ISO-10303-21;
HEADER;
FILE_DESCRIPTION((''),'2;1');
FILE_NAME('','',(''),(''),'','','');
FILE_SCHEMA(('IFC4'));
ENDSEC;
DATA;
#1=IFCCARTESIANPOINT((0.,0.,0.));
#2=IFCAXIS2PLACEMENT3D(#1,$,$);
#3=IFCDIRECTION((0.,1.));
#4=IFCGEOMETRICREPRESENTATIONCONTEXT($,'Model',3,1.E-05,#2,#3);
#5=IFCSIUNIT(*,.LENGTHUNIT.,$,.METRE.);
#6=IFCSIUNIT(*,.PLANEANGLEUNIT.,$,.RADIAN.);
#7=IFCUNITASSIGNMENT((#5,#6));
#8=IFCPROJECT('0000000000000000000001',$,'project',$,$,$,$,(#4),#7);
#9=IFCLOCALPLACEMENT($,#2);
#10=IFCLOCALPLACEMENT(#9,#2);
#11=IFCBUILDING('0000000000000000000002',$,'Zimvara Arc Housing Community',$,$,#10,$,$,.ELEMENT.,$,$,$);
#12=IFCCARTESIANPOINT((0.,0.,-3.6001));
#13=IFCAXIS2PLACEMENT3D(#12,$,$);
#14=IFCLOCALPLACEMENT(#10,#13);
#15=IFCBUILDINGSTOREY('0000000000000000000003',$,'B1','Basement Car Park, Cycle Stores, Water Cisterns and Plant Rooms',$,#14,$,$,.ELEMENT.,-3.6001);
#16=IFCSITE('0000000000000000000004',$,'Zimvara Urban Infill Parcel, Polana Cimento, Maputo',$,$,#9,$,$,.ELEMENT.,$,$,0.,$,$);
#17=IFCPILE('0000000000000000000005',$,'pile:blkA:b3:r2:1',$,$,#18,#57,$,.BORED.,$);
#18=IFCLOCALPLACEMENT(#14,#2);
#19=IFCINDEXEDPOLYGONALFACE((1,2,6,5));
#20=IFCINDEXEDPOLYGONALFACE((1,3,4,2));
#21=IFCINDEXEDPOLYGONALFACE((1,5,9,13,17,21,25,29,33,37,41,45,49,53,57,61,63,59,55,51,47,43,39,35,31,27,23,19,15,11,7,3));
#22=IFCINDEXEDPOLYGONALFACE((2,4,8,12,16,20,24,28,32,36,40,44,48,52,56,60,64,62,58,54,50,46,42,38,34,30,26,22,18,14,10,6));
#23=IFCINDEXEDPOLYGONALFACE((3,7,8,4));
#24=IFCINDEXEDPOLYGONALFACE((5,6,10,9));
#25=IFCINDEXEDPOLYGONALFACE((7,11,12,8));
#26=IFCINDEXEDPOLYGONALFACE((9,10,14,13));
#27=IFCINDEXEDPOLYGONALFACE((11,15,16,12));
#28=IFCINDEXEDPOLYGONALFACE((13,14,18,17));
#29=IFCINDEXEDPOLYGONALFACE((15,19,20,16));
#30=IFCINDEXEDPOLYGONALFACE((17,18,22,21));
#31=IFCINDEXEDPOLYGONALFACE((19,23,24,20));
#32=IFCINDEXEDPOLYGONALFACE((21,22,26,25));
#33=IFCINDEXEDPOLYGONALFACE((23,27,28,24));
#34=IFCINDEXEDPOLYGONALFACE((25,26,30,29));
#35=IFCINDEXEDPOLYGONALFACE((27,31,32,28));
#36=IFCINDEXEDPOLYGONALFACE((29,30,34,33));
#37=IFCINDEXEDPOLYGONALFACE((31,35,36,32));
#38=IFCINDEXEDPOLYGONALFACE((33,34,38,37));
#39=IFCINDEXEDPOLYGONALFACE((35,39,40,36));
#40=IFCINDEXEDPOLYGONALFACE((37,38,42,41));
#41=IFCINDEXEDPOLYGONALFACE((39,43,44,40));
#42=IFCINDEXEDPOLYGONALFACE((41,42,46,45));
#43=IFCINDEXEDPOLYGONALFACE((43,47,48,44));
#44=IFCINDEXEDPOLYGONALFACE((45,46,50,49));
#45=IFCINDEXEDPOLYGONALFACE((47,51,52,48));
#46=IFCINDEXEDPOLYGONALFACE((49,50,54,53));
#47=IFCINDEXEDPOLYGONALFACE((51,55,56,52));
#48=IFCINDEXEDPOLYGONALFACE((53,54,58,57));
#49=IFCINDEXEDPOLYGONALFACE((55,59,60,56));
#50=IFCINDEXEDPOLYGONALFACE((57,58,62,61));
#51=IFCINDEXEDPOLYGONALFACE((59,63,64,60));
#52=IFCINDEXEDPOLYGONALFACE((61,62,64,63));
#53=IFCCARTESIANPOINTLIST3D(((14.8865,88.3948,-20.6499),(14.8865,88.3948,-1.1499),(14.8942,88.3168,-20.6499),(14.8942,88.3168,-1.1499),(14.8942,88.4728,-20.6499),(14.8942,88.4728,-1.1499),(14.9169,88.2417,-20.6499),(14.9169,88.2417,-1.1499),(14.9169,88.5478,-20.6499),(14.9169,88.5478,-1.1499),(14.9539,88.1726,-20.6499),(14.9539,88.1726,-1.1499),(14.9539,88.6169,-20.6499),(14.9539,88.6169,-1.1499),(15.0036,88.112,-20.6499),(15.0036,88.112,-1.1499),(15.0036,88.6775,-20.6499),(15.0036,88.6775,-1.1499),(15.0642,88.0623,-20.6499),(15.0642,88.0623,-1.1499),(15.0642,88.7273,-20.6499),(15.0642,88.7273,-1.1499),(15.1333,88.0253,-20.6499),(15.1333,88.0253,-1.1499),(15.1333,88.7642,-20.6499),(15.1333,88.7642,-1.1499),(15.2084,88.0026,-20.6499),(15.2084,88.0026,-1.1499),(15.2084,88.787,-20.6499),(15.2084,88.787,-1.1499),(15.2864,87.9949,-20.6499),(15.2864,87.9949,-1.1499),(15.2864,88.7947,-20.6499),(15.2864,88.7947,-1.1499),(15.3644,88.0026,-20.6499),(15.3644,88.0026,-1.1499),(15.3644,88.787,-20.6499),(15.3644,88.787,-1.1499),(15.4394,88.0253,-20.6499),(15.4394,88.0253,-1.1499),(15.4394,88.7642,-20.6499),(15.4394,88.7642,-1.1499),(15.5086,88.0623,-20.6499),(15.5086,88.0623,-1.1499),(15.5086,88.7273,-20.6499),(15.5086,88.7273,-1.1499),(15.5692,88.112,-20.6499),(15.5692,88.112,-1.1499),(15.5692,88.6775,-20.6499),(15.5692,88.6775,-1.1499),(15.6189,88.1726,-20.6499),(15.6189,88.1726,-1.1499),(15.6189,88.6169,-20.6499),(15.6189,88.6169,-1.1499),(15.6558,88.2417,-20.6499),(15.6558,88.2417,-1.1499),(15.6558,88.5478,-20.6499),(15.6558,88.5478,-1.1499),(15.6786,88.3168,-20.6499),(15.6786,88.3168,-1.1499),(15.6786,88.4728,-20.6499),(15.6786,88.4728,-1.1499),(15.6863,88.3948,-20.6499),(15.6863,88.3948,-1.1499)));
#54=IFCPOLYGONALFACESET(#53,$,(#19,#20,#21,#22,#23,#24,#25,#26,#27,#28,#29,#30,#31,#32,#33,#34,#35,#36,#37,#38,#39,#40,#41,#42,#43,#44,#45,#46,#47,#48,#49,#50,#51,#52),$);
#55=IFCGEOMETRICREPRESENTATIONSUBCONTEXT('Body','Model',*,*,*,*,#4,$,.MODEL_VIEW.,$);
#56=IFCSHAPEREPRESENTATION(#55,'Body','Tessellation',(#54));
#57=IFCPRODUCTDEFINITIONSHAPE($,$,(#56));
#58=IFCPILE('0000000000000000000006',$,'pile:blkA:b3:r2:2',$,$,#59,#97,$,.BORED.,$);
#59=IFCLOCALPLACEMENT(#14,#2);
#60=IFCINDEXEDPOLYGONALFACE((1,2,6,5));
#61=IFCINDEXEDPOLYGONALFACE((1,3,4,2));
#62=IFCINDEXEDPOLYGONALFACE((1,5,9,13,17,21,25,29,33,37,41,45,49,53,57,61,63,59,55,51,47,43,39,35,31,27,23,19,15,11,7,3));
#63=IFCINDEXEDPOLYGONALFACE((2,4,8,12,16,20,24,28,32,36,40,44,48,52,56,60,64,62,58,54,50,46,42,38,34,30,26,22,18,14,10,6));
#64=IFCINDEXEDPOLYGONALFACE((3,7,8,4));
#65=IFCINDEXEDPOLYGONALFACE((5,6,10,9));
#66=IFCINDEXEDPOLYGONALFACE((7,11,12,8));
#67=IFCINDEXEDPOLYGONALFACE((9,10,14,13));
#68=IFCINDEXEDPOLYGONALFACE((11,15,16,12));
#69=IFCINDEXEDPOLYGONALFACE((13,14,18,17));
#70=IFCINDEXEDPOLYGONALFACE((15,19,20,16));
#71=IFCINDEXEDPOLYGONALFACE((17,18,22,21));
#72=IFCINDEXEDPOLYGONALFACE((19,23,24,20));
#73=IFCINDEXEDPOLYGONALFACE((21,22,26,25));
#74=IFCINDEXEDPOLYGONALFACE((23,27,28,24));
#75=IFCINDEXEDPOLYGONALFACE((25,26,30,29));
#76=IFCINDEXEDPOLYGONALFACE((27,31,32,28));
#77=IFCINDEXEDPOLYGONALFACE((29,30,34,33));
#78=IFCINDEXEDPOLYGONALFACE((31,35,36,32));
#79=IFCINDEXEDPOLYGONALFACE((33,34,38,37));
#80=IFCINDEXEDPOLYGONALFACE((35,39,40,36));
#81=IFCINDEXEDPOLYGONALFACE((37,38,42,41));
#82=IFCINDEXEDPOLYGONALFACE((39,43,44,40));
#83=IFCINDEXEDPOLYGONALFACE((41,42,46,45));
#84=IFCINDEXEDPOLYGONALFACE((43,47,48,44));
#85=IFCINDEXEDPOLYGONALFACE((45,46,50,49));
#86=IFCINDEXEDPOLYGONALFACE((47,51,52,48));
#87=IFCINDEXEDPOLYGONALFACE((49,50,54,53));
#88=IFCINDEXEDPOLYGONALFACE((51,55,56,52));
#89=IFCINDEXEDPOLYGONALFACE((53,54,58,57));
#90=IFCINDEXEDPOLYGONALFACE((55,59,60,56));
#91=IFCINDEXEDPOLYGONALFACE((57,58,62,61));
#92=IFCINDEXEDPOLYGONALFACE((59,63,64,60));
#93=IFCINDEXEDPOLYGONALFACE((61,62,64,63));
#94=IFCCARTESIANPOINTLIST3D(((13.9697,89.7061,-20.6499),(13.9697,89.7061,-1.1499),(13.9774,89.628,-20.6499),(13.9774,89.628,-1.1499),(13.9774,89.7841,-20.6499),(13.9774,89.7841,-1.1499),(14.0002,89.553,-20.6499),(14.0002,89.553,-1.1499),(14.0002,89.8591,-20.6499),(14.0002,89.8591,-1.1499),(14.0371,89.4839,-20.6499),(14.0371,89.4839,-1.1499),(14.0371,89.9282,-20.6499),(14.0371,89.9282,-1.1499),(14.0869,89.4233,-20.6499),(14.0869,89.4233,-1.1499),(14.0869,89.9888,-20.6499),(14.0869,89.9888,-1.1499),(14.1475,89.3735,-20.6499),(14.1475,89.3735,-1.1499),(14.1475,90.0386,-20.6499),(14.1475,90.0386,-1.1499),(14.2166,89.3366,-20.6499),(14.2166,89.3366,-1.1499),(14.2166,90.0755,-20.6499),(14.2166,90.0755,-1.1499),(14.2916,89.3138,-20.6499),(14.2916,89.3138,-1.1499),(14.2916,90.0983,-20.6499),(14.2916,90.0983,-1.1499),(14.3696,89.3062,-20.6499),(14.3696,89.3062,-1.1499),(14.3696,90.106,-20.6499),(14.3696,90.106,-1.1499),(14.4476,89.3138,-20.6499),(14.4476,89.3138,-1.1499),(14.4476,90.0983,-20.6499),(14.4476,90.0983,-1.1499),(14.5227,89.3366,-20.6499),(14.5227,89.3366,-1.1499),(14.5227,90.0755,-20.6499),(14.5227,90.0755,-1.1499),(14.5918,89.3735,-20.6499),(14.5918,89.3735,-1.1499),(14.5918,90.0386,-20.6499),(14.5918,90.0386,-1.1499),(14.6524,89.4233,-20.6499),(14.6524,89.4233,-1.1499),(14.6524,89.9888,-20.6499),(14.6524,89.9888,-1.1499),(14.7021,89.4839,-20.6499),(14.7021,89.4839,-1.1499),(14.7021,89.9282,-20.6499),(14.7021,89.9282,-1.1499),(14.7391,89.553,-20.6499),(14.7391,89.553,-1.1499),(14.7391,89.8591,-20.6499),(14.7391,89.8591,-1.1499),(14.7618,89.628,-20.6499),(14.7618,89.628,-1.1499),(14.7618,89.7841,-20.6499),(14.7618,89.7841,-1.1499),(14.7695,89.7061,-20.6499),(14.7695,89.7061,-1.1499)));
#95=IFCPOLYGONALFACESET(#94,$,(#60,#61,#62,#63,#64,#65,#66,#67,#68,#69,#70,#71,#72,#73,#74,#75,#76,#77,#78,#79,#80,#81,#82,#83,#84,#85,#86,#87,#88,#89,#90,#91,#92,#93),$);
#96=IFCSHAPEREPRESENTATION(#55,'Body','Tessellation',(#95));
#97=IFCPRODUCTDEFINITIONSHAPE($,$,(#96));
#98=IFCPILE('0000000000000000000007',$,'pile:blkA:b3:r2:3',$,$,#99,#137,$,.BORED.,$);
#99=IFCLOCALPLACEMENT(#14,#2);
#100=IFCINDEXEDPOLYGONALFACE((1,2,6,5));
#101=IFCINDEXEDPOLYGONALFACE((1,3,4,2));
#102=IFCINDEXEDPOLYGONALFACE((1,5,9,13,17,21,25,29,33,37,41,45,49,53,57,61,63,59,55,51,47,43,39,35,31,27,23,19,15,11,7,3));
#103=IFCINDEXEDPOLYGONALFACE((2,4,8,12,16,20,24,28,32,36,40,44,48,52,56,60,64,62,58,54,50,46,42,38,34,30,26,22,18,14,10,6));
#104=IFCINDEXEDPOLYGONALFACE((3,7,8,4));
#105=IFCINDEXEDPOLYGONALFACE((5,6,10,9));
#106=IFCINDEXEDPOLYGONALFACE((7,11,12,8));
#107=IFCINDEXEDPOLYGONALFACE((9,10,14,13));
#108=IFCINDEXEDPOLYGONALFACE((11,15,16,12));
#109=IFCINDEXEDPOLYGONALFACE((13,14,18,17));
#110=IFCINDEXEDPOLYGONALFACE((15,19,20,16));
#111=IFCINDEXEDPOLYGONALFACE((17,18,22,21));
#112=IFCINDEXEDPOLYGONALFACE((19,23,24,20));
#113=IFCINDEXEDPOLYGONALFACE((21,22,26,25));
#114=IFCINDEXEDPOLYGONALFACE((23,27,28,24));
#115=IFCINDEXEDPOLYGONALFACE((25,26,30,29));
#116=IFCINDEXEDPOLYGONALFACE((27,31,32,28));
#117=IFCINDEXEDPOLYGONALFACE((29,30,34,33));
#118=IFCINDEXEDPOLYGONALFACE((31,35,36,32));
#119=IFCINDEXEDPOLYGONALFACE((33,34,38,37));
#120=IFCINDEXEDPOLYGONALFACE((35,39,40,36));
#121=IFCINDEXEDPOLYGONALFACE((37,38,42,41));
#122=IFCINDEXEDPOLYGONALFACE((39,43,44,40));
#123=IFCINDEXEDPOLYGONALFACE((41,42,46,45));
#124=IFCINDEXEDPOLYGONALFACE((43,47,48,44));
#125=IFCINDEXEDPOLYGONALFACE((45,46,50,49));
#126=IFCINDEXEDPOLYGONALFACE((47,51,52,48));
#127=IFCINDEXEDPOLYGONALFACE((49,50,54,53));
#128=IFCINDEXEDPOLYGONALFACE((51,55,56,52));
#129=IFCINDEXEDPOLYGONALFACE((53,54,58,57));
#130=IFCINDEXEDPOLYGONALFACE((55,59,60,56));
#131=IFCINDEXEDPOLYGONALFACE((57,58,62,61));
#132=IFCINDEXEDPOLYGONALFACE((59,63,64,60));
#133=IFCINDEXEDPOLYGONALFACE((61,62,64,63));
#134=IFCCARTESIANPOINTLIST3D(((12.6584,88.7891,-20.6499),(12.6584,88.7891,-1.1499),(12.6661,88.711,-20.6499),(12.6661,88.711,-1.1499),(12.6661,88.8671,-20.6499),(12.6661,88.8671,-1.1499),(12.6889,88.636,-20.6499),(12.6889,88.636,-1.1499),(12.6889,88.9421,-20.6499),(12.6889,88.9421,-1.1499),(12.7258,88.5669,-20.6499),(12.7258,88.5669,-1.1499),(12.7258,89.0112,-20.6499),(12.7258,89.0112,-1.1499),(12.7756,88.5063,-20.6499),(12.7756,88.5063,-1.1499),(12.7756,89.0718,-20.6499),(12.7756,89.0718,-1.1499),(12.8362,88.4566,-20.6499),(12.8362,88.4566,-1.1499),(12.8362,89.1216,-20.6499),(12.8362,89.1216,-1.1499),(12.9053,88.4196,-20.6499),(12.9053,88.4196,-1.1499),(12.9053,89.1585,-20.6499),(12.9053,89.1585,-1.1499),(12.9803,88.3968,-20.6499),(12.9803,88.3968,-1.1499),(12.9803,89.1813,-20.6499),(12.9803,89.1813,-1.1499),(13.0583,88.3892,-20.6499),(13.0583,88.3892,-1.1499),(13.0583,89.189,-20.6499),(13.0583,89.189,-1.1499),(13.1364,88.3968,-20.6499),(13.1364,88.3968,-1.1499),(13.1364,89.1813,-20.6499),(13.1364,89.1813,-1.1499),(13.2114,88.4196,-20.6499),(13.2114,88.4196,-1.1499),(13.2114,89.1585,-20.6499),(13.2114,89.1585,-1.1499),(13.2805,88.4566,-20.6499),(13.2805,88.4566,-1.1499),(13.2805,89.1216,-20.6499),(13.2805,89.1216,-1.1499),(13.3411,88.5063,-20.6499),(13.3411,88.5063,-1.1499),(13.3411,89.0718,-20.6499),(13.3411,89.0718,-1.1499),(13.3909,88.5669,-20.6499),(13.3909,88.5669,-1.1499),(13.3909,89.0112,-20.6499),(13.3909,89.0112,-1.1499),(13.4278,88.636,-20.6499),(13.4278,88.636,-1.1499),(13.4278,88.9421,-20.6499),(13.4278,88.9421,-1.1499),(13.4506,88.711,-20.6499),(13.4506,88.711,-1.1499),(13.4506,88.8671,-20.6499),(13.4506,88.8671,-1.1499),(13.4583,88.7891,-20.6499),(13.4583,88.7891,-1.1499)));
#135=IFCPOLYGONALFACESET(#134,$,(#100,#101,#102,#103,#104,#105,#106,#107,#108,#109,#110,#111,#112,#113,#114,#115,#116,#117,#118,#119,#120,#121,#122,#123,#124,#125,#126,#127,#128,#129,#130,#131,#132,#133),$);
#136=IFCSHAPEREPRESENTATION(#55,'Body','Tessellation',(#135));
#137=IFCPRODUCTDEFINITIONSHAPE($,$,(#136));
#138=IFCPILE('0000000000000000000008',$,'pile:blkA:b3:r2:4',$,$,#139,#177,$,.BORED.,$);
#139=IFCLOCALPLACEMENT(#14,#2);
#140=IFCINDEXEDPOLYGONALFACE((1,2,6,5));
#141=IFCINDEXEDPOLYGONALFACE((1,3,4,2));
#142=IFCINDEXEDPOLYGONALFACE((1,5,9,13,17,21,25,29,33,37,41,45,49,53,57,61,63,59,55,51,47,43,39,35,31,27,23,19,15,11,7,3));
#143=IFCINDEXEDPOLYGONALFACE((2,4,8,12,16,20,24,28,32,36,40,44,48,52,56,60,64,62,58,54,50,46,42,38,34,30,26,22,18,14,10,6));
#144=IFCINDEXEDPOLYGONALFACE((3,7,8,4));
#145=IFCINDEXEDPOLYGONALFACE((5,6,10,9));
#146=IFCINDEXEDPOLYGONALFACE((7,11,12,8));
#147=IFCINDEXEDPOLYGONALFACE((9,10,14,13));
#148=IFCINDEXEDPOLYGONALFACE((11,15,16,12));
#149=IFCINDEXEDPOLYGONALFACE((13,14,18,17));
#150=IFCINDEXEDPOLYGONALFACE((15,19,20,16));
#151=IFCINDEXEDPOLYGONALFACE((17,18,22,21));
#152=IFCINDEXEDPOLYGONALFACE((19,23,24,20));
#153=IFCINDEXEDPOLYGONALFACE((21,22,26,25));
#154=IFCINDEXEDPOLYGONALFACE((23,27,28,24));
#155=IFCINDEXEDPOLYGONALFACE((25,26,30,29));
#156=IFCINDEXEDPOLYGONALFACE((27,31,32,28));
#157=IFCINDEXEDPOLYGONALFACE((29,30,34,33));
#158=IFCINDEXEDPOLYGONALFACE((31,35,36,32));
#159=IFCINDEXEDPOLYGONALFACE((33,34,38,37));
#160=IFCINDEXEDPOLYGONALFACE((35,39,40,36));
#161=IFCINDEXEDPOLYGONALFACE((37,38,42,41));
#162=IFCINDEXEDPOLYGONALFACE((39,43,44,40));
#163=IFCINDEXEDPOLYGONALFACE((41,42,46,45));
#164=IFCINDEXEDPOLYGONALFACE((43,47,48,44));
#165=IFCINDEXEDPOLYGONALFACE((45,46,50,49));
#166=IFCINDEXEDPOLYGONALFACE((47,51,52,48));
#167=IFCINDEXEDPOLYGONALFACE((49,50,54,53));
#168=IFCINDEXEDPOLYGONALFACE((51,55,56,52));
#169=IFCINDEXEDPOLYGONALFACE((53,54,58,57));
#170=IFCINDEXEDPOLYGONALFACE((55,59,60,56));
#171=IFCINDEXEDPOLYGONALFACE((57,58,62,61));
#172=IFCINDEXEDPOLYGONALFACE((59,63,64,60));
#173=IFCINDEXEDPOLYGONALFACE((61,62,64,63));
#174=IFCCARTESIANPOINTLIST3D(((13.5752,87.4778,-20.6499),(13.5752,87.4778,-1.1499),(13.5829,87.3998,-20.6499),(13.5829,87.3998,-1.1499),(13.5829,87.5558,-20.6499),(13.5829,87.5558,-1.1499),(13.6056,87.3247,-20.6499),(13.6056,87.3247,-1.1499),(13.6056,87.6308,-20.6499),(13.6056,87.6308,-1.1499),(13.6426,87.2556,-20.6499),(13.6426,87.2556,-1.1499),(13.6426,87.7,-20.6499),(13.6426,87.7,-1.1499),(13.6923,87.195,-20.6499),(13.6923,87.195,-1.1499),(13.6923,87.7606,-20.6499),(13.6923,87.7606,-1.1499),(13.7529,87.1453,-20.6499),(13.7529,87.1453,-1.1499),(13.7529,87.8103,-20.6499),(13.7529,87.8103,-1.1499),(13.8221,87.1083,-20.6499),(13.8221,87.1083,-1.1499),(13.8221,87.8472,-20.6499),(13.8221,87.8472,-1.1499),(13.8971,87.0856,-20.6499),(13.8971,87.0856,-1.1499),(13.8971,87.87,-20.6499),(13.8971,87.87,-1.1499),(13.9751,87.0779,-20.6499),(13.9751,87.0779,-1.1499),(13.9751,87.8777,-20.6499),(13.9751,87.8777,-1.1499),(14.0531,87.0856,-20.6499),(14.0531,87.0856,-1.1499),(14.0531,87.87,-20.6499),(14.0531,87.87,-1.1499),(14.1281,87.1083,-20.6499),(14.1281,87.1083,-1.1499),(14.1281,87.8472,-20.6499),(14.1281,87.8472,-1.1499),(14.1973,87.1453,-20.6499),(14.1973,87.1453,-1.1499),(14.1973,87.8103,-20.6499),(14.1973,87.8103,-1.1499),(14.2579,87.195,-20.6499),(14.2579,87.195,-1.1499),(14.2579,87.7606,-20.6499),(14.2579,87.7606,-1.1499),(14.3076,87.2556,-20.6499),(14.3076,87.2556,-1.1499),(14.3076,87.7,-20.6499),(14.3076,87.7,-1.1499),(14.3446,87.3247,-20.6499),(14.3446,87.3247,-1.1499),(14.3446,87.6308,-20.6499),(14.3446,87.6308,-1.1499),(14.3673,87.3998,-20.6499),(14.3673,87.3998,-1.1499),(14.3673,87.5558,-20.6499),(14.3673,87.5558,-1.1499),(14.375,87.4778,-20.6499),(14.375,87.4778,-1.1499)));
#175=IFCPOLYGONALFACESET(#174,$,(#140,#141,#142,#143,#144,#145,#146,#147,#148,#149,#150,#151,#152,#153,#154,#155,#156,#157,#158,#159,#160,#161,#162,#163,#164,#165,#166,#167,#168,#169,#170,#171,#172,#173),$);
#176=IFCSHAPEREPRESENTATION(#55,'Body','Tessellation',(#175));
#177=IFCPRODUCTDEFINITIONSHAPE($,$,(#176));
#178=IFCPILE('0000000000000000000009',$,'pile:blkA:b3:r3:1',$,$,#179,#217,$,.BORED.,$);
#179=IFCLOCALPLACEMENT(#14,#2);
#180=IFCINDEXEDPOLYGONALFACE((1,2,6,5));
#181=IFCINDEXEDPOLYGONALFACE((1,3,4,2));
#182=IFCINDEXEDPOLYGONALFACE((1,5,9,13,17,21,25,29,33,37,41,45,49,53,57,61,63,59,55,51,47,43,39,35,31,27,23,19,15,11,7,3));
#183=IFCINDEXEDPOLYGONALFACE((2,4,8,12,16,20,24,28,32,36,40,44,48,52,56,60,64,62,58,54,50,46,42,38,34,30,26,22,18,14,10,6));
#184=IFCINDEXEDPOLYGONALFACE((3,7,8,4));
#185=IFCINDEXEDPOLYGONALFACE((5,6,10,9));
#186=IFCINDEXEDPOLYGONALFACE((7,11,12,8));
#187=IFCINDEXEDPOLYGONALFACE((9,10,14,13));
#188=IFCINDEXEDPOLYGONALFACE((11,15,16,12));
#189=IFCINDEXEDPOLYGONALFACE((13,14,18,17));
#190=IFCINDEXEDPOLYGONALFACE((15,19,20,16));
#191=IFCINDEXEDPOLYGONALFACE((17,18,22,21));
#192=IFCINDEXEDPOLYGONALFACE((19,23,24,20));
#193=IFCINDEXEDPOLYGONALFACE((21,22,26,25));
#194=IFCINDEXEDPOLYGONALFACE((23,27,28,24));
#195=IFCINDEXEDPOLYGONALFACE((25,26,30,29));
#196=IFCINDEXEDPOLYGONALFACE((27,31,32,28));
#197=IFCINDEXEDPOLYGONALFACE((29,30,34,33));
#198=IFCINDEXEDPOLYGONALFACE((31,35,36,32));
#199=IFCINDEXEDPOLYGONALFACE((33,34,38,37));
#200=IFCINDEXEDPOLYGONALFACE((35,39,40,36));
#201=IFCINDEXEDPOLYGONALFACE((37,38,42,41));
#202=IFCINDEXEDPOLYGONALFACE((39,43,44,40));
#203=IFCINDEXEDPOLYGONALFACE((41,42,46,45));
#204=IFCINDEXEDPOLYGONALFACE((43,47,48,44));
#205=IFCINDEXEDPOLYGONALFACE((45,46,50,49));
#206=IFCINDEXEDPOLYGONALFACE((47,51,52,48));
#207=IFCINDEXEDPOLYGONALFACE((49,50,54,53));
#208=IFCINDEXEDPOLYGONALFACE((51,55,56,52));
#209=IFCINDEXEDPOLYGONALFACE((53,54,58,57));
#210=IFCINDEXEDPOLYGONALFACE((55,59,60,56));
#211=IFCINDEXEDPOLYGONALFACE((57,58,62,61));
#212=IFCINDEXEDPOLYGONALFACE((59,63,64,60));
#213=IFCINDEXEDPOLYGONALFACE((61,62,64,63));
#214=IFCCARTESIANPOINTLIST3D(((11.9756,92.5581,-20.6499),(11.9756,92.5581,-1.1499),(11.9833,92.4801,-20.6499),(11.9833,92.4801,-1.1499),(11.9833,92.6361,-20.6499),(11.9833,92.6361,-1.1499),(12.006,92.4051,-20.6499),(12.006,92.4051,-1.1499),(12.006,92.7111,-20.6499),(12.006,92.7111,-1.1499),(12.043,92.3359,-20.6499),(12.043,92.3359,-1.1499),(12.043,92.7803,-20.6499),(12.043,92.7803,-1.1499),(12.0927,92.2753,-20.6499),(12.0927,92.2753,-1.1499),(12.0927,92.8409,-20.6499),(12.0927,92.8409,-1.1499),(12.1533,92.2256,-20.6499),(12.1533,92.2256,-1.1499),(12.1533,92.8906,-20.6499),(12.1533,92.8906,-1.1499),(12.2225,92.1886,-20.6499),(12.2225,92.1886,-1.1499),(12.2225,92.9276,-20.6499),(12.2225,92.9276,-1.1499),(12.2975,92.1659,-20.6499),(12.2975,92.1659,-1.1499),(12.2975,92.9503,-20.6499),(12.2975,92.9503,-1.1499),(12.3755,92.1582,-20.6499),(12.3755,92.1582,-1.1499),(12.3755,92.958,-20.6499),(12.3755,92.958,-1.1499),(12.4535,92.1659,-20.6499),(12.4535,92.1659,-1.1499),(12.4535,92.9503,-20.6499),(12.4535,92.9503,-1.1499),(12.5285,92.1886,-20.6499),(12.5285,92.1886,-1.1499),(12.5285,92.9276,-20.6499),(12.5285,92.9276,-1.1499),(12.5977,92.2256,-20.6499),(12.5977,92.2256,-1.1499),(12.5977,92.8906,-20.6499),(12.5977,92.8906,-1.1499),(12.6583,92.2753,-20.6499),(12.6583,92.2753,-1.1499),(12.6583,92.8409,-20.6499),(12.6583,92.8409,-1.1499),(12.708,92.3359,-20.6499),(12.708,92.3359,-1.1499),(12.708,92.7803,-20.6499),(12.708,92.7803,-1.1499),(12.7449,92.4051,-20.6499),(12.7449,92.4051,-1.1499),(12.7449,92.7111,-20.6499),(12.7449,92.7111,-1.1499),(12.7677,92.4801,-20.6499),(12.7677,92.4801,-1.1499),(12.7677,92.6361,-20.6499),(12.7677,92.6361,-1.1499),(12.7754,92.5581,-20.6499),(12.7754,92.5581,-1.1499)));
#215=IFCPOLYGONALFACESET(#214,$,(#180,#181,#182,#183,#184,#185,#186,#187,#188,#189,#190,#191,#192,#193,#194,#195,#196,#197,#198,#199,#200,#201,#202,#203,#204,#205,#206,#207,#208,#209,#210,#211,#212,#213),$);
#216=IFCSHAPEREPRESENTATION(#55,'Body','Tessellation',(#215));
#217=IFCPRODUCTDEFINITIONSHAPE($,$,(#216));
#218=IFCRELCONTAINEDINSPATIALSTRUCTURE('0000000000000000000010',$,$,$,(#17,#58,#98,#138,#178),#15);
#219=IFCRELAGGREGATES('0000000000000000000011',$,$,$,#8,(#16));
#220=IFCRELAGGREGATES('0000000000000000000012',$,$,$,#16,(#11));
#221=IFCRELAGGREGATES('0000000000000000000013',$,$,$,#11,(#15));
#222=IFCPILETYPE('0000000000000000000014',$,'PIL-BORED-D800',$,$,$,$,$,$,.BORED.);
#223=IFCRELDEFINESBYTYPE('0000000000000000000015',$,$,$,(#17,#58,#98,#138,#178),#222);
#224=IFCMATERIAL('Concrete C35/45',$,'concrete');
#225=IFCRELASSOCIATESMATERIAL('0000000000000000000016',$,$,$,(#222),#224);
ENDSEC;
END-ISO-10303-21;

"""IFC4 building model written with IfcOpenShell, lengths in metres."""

from ifc_helpers import new_model, si_unit, direction, frame, origin, origin_2d, place, context, subcontext, project, spatial, circle, extrude, material, material_profile, profile_set, type_object, element, save


model = new_model("IFC4")

# Units and contexts
model_context = context("Model", 3, precision=1e-05, world=origin(), true_north=direction((0.0, 1.0)))
body_context = subcontext(model_context, "Body", "Model", "MODEL_VIEW")
ifc_project = project(units=[si_unit("LENGTHUNIT", "METRE"), si_unit("PLANEANGLEUNIT", "RADIAN")], contexts=[model_context])

# Site, building, storey
site_placement = place(None, origin())
site = spatial("IfcSite", under=ifc_project, at=site_placement, Name="Zimvara Urban Infill Parcel, Polana Cimento, Maputo", CompositionType="ELEMENT", RefElevation=0.0)
building_placement = place(site_placement, origin())
building = spatial("IfcBuilding", under=site, at=building_placement, Name="Zimvara Arc Housing Community", CompositionType="ELEMENT")
storey_placement = place(building_placement, frame((0.0, 0.0, -3.6001)))
storey = spatial("IfcBuildingStorey", under=building, at=storey_placement, Name="B1", Description="Basement Car Park, Cycle Stores, Water Cisterns and Plant Rooms", CompositionType="ELEMENT", Elevation=-3.6001)

# Piles
ifc_material_1 = material(Name="Concrete C35/45", Category="concrete")
ifc_material_profile_1 = material_profile(ifc_material_1, circle(Radius=0.3999, at=origin_2d()), Name="PILE D800")
ifc_profile_set_1 = profile_set([ifc_material_profile_1], Name="Concrete C35/45")
pile_type = type_object("IfcPileType", Name="PIL-BORED-D800", PredefinedType="BORED", material=ifc_profile_set_1)
for number, where, z_axis, x_axis, name in (
    (1, (15.2864, 88.3948, -1.1499), (0.0, 0.0, -1.0), (1.0, 0.0, 0.0), "pile:blkA:b3:r2:1"),
    (2, (14.3696, 89.7061, -1.1499), (0.0, 0.0, -1.0), (1.0, 0.0, 0.0), "pile:blkA:b3:r2:2"),
    (3, (13.0583, 88.7891, -1.1499), (0.0, 0.0, -1.0), (1.0, 0.0, 0.0), "pile:blkA:b3:r2:3"),
    (4, (13.9751, 87.4778, -1.1499), (0.0, 0.0, -1.0), (1.0, 0.0, 0.0), "pile:blkA:b3:r2:4"),
    (5, (12.3755, 92.5581, -1.1499), (0.0, 0.0, -1.0), (1.0, 0.0, 0.0), "pile:blkA:b3:r3:1"),
):
    element("IfcPile", number, at=place(storey_placement, frame(where, z_axis=z_axis, x_axis=x_axis)), inside=storey, type_object=pile_type, Name=name, PredefinedType="BORED", context=body_context, shape_type="SweptSolid", body=[
        extrude(circle(Radius=0.3999, at=origin_2d()), origin(), (0.0, 0.0, 1.0), 19.5),
    ])

save(model, "model.ifc")
